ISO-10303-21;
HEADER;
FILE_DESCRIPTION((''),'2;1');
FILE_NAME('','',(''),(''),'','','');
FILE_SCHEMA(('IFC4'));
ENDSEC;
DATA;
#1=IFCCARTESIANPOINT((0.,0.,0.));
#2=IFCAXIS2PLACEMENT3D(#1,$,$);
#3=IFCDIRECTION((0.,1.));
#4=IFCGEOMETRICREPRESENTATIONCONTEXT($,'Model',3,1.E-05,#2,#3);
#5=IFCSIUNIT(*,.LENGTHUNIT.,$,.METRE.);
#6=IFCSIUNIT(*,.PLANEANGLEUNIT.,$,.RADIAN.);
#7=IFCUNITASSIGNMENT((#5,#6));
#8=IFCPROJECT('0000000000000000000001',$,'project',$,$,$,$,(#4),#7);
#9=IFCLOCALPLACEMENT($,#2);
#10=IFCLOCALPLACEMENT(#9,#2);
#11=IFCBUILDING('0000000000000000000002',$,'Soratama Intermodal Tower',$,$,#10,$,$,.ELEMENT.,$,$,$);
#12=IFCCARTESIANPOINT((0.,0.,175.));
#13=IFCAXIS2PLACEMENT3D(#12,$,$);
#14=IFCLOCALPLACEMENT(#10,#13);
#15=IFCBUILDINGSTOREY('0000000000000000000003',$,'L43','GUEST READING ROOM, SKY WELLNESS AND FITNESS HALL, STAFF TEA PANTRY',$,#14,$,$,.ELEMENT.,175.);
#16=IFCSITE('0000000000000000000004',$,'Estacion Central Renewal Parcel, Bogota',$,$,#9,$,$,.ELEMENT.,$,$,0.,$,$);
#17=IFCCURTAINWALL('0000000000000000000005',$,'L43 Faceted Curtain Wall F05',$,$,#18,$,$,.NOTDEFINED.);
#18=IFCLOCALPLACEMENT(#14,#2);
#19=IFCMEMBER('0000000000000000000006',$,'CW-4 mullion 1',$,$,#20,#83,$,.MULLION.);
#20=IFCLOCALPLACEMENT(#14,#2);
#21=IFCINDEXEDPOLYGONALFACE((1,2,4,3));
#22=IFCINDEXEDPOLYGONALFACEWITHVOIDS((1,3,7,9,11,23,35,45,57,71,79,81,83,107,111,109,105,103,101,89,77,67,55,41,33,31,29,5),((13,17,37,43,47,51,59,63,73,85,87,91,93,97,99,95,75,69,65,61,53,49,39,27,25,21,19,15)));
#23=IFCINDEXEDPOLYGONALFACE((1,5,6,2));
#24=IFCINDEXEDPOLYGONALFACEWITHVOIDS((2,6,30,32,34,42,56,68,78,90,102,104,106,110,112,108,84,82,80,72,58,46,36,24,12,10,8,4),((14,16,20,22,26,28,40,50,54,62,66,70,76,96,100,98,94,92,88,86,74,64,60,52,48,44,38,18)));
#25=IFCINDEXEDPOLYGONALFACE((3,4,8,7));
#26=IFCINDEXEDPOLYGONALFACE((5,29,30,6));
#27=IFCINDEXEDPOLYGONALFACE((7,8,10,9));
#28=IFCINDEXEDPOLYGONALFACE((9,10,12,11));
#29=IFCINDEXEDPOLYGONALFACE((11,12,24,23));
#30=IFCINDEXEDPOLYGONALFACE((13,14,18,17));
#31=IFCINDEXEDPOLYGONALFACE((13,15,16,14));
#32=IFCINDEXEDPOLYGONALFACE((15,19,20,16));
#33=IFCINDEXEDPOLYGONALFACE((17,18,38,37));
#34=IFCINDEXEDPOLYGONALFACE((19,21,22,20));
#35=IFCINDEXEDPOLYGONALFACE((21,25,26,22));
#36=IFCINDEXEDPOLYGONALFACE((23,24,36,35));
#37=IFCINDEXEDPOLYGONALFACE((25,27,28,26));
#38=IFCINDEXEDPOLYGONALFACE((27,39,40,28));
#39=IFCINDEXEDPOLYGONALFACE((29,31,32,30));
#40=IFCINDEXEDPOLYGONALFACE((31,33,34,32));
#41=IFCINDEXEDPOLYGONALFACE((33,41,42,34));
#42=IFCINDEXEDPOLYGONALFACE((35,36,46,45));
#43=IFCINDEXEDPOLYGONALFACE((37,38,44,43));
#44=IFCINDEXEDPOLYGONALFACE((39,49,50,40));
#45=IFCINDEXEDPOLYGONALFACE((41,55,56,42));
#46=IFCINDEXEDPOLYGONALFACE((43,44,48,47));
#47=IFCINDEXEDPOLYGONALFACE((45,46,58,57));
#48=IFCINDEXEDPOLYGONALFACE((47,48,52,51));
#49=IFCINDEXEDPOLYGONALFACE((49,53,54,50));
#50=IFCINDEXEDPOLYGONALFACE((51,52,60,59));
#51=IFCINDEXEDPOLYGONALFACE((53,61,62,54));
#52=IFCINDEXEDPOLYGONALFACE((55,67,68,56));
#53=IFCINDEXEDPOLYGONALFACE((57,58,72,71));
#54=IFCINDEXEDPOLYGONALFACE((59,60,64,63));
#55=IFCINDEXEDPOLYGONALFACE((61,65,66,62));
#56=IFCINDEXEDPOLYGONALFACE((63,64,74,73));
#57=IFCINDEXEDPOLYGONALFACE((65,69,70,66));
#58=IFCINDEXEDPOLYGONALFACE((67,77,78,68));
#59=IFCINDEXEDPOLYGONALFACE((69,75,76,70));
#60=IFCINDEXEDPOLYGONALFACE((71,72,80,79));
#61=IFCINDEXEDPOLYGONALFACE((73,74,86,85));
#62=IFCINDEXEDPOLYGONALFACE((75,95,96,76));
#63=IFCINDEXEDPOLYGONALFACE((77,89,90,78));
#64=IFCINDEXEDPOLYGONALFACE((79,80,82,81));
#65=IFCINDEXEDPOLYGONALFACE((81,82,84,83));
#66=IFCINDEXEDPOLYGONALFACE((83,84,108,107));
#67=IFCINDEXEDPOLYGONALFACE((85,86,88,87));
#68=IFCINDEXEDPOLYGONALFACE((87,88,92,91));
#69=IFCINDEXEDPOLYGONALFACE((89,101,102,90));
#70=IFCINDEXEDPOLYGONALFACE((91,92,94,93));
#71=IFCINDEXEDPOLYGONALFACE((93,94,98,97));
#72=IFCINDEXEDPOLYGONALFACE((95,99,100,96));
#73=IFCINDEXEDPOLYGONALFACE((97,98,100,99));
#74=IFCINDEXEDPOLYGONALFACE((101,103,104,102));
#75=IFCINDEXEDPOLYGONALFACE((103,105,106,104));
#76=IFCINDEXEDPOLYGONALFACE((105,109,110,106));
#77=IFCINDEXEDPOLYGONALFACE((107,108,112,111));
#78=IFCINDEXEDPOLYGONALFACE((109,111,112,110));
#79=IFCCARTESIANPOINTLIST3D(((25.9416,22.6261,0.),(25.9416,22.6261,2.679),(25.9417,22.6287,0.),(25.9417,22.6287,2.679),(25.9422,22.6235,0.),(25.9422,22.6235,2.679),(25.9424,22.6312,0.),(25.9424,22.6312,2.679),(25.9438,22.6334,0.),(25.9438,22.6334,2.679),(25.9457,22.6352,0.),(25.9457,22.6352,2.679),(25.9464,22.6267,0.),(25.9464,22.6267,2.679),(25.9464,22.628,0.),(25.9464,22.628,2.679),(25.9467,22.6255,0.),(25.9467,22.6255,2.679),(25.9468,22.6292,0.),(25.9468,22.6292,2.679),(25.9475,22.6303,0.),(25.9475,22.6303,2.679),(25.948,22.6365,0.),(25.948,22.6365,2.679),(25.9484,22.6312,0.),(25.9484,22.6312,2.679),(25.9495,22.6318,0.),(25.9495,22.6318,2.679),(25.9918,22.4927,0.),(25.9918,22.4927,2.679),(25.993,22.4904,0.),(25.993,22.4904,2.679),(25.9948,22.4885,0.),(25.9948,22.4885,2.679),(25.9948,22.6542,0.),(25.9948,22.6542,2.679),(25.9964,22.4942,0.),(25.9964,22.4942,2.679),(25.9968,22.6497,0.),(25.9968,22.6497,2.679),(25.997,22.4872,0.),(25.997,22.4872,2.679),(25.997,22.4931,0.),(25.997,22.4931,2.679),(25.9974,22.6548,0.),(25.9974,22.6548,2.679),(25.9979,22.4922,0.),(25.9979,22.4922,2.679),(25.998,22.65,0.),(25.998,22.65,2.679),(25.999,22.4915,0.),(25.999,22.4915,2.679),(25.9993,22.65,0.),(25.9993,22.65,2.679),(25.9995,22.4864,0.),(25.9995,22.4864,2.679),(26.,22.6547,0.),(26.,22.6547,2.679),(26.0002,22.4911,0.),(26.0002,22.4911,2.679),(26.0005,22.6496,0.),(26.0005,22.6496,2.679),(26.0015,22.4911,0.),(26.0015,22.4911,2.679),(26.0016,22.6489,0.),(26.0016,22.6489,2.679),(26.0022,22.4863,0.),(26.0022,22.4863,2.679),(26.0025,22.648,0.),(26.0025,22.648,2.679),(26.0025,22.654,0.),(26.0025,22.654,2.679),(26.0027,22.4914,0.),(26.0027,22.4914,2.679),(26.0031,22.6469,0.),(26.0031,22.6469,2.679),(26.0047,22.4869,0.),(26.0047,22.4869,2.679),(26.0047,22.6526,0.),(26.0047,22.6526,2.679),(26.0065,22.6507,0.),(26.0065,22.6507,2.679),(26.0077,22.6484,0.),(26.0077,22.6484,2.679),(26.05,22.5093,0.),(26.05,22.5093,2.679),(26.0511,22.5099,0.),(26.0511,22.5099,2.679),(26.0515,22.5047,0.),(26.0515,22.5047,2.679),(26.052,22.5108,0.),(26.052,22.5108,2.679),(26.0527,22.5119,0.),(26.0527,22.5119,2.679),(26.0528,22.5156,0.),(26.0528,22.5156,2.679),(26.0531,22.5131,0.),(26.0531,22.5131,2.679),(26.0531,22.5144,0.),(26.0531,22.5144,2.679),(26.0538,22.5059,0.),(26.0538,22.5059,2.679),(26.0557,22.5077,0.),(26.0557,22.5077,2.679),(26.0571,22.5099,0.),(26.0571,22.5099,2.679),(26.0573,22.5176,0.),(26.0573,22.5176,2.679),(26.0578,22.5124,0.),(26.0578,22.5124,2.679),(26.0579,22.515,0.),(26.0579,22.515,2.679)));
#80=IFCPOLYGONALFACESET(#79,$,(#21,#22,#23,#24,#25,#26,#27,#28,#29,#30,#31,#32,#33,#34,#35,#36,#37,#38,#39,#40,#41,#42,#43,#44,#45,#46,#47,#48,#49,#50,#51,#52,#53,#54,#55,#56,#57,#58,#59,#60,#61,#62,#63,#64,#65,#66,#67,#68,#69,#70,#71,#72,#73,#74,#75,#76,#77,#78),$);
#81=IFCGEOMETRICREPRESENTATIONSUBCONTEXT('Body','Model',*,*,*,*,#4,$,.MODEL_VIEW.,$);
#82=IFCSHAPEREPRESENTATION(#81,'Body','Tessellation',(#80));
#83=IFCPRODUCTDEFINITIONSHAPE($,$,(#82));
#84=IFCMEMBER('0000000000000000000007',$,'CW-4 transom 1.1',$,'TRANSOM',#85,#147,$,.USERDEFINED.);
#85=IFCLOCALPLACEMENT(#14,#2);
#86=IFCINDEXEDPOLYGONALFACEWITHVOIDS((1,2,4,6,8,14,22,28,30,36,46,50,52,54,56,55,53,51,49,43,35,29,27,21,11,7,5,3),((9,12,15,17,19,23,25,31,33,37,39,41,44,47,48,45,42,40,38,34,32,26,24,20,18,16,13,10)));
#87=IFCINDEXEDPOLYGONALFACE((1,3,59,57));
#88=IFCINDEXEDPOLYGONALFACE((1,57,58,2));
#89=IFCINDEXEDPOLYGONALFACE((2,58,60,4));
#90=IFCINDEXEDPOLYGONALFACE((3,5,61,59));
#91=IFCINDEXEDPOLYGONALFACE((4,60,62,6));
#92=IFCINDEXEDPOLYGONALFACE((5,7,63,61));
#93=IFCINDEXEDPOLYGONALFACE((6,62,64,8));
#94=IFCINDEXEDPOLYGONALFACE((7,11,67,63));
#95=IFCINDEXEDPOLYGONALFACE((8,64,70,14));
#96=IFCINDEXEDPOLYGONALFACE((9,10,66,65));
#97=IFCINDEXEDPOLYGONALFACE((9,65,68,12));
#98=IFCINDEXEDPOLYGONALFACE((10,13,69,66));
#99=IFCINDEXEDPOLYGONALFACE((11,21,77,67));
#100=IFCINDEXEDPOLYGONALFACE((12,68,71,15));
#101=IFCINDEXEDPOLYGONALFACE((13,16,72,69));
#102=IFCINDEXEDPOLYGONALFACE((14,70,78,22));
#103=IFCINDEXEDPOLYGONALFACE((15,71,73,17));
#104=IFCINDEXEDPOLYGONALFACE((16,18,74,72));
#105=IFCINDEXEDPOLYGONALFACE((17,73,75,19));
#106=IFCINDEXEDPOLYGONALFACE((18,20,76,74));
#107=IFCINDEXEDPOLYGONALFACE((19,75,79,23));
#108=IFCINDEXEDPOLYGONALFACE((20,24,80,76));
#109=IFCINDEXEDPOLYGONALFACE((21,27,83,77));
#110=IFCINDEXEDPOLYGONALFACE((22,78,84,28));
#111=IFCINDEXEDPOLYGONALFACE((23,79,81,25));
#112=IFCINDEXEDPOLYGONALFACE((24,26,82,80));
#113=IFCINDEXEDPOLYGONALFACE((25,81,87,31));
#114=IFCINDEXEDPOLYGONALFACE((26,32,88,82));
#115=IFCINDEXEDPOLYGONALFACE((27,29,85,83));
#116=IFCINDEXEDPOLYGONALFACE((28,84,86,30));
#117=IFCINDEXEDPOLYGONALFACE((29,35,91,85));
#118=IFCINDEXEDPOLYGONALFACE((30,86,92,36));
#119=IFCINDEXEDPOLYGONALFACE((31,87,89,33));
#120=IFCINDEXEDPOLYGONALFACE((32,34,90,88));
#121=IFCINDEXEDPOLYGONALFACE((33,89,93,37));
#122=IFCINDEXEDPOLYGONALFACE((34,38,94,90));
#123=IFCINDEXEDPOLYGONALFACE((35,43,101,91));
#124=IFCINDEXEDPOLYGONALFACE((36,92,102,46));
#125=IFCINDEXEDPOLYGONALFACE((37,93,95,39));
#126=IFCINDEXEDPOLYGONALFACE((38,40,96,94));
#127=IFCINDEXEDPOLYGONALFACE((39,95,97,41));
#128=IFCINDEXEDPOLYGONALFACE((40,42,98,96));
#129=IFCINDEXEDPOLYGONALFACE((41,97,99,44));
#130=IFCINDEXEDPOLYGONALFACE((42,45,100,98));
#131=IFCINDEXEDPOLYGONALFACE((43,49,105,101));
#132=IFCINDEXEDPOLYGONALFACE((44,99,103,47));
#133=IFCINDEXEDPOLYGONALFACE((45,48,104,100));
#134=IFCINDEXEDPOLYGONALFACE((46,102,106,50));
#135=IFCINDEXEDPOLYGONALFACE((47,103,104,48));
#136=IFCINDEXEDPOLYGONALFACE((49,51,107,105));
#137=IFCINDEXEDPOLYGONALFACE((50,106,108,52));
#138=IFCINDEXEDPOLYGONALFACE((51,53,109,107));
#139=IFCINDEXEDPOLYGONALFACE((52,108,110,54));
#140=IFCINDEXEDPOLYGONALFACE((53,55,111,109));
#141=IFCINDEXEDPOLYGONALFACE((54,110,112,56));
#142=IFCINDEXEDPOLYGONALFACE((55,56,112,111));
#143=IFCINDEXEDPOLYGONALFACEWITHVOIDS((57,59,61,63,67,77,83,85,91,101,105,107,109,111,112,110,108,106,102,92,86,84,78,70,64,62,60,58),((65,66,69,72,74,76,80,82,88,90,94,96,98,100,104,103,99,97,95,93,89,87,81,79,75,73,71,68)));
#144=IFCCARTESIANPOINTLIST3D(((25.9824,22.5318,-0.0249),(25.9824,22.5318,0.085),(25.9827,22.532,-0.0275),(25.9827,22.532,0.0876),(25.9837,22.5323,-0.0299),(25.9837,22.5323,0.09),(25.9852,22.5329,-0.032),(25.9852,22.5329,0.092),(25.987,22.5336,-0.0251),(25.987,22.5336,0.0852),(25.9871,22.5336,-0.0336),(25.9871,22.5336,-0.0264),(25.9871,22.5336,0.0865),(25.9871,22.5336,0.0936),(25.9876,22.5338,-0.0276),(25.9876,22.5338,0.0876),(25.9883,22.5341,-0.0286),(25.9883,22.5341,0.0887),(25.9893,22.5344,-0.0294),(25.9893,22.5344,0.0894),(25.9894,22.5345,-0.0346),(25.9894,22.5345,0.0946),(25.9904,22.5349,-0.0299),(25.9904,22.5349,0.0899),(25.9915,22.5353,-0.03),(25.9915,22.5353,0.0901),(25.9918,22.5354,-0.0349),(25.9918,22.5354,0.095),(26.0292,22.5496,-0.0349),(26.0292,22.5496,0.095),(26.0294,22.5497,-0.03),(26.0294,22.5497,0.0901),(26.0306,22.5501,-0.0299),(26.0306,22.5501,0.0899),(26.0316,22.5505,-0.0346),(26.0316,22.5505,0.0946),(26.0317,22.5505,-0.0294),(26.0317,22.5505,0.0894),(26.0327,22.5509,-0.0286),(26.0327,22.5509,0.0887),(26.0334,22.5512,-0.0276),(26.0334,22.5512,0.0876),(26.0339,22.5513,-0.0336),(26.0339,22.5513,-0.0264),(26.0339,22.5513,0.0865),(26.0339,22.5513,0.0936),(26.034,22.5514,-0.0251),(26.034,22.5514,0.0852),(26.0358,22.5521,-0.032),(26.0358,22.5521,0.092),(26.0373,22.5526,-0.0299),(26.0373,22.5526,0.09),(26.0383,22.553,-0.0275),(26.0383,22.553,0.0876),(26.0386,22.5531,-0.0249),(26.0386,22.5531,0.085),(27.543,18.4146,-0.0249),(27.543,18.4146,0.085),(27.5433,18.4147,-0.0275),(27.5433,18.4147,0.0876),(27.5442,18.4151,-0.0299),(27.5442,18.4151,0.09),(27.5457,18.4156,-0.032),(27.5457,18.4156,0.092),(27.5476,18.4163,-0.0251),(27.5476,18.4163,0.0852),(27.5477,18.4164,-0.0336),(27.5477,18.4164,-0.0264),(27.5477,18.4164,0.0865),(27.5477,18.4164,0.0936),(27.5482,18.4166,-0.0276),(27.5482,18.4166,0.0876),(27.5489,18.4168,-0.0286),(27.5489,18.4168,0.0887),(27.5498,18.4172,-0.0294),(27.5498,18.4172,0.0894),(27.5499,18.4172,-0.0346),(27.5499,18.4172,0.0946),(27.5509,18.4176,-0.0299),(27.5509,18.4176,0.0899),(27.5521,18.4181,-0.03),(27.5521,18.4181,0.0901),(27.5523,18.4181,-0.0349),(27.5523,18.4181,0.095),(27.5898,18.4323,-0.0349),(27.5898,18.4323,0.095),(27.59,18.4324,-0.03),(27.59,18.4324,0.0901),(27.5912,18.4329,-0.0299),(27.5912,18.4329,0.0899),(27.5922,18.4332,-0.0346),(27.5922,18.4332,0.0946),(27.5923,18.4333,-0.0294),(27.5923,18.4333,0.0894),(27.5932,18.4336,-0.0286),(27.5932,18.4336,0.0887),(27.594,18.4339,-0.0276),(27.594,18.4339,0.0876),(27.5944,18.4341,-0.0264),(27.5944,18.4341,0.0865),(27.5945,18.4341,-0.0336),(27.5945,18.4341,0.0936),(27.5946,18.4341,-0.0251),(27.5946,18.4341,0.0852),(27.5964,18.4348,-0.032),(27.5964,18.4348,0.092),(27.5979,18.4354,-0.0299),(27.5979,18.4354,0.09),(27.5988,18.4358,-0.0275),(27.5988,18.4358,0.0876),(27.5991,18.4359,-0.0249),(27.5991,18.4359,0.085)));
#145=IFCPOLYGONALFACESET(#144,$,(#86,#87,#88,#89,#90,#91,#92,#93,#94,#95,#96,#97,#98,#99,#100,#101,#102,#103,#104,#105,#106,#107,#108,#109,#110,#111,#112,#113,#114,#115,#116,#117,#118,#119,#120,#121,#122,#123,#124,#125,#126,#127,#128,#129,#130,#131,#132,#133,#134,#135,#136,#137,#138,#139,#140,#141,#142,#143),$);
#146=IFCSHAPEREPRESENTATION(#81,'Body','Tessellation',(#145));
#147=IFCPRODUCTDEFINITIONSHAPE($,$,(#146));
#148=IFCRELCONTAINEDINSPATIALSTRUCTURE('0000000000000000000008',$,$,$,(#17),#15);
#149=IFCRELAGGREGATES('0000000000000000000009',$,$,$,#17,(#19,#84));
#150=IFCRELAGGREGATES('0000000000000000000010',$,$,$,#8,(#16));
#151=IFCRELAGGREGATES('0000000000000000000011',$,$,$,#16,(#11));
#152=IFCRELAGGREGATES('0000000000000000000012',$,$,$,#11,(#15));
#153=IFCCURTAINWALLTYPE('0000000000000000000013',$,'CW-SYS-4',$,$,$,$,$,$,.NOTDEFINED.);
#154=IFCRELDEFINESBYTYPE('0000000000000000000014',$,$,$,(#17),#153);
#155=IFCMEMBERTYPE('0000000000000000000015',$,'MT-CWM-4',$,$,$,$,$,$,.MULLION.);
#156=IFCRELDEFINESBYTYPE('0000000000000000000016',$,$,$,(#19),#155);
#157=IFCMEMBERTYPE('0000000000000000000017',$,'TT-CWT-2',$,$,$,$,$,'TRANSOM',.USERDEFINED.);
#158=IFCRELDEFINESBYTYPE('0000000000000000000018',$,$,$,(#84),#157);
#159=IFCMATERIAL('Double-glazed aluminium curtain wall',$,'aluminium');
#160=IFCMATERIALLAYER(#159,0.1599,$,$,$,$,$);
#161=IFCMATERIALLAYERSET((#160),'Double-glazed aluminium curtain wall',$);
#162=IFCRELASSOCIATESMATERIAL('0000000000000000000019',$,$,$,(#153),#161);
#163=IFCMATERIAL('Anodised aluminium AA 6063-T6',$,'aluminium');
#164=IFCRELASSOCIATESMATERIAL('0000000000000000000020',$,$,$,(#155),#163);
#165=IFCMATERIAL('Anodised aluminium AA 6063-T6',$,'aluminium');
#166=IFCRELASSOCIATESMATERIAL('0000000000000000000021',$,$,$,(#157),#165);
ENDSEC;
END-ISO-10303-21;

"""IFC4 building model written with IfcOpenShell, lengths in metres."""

from ifc_helpers import new_model, si_unit, direction, frame, origin, origin_2d, place, context, subcontext, project, spatial, hollow_rectangle, extrude, material, layer, layer_set, material_profile, profile_set, type_object, element, aggregate, save


model = new_model("IFC4")

# Units and contexts
model_context = context("Model", 3, precision=1e-05, world=origin(), true_north=direction((0.0, 1.0)))
body_context = subcontext(model_context, "Body", "Model", "MODEL_VIEW")
ifc_project = project(units=[si_unit("LENGTHUNIT", "METRE"), si_unit("PLANEANGLEUNIT", "RADIAN")], contexts=[model_context])

# Site, building, storey
site_placement = place(None, origin())
site = spatial("IfcSite", under=ifc_project, at=site_placement, Name="Estacion Central Renewal Parcel, Bogota", CompositionType="ELEMENT", RefElevation=0.0)
building_placement = place(site_placement, origin())
building = spatial("IfcBuilding", under=site, at=building_placement, Name="Soratama Intermodal Tower", CompositionType="ELEMENT")
storey_placement = place(building_placement, frame((0.0, 0.0, 175.0)))
storey = spatial("IfcBuildingStorey", under=building, at=storey_placement, Name="L43", Description="GUEST READING ROOM, SKY WELLNESS AND FITNESS HALL, STAFF TEA PANTRY", CompositionType="ELEMENT", Elevation=175.0)

# Curtain wall, members
ifc_material_1 = material(Name="Double-glazed aluminium curtain wall", Category="aluminium")
ifc_layer_1 = layer(ifc_material_1, 0.1599)
ifc_layer_set_1 = layer_set([ifc_layer_1], Name="Double-glazed aluminium curtain wall")
curtain_wall_type = type_object("IfcCurtainWallType", Name="CW-SYS-4", PredefinedType="NOTDEFINED", material=ifc_layer_set_1)
curtain_wall_placement = place(storey_placement, origin())
curtain_wall = element("IfcCurtainWall", 1, at=curtain_wall_placement, inside=storey, type_object=curtain_wall_type, Name="L43 Faceted Curtain Wall F05", PredefinedType="NOTDEFINED")
ifc_material_2 = material(Name="Anodised aluminium AA 6063-T6", Category="aluminium")
ifc_material_profile_1 = material_profile(ifc_material_2, hollow_rectangle(XDim=0.0701, YDim=0.1599, WallThickness=0.0049, InnerFilletRadius=0.0049, OuterFilletRadius=0.01, at=origin_2d()), Name="CWM160X70X5")
ifc_profile_set_1 = profile_set([ifc_material_profile_1], Name="Anodised aluminium AA 6063-T6")
member_type_1 = type_object("IfcMemberType", Name="MT-CWM-4", PredefinedType="MULLION", material=ifc_profile_set_1)
member_1_placement = place(storey_placement, frame((25.9998, 22.5706, 0.0), z_axis=(0.0, 0.0, 1.0), x_axis=(0.935071, 0.354462, 0.0)))
member_1 = element("IfcMember", 2, at=member_1_placement, type_object=member_type_1, Name="CW-4 mullion 1", PredefinedType="MULLION", context=body_context, shape_type="SweptSolid", body=[
    extrude(hollow_rectangle(XDim=0.0701, YDim=0.1599, WallThickness=0.0049, InnerFilletRadius=0.0049, OuterFilletRadius=0.01, at=origin_2d()), origin(), (0.0, 0.0, 1.0), 2.679),
])
ifc_material_3 = material(Name="Anodised aluminium AA 6063-T6", Category="aluminium")
ifc_material_profile_2 = material_profile(ifc_material_3, hollow_rectangle(XDim=0.0601, YDim=0.1299, WallThickness=0.0049, InnerFilletRadius=0.0049, OuterFilletRadius=0.01, at=origin_2d()), Name="CWT130X60X5")
ifc_profile_set_2 = profile_set([ifc_material_profile_2], Name="Anodised aluminium AA 6063-T6")
member_type_2 = type_object("IfcMemberType", Name="TT-CWT-2", ElementType="TRANSOM", PredefinedType="USERDEFINED", material=ifc_profile_set_2)
member_2_placement = place(storey_placement, frame((26.0105, 22.5425, 0.03), z_axis=(0.354427, -0.935084, 0.0), x_axis=(0.935084, 0.354427, 0.0)))
member_2 = element("IfcMember", 3, at=member_2_placement, type_object=member_type_2, Name="CW-4 transom 1.1", ObjectType="TRANSOM", PredefinedType="USERDEFINED", context=body_context, shape_type="SweptSolid", body=[
    extrude(hollow_rectangle(XDim=0.0601, YDim=0.1299, WallThickness=0.0049, InnerFilletRadius=0.0049, OuterFilletRadius=0.01, at=origin_2d()), origin(), (0.0, 0.0, 1.0), 4.4031),
])
aggregate(curtain_wall, [member_1, member_2])

save(model, "model.ifc")
